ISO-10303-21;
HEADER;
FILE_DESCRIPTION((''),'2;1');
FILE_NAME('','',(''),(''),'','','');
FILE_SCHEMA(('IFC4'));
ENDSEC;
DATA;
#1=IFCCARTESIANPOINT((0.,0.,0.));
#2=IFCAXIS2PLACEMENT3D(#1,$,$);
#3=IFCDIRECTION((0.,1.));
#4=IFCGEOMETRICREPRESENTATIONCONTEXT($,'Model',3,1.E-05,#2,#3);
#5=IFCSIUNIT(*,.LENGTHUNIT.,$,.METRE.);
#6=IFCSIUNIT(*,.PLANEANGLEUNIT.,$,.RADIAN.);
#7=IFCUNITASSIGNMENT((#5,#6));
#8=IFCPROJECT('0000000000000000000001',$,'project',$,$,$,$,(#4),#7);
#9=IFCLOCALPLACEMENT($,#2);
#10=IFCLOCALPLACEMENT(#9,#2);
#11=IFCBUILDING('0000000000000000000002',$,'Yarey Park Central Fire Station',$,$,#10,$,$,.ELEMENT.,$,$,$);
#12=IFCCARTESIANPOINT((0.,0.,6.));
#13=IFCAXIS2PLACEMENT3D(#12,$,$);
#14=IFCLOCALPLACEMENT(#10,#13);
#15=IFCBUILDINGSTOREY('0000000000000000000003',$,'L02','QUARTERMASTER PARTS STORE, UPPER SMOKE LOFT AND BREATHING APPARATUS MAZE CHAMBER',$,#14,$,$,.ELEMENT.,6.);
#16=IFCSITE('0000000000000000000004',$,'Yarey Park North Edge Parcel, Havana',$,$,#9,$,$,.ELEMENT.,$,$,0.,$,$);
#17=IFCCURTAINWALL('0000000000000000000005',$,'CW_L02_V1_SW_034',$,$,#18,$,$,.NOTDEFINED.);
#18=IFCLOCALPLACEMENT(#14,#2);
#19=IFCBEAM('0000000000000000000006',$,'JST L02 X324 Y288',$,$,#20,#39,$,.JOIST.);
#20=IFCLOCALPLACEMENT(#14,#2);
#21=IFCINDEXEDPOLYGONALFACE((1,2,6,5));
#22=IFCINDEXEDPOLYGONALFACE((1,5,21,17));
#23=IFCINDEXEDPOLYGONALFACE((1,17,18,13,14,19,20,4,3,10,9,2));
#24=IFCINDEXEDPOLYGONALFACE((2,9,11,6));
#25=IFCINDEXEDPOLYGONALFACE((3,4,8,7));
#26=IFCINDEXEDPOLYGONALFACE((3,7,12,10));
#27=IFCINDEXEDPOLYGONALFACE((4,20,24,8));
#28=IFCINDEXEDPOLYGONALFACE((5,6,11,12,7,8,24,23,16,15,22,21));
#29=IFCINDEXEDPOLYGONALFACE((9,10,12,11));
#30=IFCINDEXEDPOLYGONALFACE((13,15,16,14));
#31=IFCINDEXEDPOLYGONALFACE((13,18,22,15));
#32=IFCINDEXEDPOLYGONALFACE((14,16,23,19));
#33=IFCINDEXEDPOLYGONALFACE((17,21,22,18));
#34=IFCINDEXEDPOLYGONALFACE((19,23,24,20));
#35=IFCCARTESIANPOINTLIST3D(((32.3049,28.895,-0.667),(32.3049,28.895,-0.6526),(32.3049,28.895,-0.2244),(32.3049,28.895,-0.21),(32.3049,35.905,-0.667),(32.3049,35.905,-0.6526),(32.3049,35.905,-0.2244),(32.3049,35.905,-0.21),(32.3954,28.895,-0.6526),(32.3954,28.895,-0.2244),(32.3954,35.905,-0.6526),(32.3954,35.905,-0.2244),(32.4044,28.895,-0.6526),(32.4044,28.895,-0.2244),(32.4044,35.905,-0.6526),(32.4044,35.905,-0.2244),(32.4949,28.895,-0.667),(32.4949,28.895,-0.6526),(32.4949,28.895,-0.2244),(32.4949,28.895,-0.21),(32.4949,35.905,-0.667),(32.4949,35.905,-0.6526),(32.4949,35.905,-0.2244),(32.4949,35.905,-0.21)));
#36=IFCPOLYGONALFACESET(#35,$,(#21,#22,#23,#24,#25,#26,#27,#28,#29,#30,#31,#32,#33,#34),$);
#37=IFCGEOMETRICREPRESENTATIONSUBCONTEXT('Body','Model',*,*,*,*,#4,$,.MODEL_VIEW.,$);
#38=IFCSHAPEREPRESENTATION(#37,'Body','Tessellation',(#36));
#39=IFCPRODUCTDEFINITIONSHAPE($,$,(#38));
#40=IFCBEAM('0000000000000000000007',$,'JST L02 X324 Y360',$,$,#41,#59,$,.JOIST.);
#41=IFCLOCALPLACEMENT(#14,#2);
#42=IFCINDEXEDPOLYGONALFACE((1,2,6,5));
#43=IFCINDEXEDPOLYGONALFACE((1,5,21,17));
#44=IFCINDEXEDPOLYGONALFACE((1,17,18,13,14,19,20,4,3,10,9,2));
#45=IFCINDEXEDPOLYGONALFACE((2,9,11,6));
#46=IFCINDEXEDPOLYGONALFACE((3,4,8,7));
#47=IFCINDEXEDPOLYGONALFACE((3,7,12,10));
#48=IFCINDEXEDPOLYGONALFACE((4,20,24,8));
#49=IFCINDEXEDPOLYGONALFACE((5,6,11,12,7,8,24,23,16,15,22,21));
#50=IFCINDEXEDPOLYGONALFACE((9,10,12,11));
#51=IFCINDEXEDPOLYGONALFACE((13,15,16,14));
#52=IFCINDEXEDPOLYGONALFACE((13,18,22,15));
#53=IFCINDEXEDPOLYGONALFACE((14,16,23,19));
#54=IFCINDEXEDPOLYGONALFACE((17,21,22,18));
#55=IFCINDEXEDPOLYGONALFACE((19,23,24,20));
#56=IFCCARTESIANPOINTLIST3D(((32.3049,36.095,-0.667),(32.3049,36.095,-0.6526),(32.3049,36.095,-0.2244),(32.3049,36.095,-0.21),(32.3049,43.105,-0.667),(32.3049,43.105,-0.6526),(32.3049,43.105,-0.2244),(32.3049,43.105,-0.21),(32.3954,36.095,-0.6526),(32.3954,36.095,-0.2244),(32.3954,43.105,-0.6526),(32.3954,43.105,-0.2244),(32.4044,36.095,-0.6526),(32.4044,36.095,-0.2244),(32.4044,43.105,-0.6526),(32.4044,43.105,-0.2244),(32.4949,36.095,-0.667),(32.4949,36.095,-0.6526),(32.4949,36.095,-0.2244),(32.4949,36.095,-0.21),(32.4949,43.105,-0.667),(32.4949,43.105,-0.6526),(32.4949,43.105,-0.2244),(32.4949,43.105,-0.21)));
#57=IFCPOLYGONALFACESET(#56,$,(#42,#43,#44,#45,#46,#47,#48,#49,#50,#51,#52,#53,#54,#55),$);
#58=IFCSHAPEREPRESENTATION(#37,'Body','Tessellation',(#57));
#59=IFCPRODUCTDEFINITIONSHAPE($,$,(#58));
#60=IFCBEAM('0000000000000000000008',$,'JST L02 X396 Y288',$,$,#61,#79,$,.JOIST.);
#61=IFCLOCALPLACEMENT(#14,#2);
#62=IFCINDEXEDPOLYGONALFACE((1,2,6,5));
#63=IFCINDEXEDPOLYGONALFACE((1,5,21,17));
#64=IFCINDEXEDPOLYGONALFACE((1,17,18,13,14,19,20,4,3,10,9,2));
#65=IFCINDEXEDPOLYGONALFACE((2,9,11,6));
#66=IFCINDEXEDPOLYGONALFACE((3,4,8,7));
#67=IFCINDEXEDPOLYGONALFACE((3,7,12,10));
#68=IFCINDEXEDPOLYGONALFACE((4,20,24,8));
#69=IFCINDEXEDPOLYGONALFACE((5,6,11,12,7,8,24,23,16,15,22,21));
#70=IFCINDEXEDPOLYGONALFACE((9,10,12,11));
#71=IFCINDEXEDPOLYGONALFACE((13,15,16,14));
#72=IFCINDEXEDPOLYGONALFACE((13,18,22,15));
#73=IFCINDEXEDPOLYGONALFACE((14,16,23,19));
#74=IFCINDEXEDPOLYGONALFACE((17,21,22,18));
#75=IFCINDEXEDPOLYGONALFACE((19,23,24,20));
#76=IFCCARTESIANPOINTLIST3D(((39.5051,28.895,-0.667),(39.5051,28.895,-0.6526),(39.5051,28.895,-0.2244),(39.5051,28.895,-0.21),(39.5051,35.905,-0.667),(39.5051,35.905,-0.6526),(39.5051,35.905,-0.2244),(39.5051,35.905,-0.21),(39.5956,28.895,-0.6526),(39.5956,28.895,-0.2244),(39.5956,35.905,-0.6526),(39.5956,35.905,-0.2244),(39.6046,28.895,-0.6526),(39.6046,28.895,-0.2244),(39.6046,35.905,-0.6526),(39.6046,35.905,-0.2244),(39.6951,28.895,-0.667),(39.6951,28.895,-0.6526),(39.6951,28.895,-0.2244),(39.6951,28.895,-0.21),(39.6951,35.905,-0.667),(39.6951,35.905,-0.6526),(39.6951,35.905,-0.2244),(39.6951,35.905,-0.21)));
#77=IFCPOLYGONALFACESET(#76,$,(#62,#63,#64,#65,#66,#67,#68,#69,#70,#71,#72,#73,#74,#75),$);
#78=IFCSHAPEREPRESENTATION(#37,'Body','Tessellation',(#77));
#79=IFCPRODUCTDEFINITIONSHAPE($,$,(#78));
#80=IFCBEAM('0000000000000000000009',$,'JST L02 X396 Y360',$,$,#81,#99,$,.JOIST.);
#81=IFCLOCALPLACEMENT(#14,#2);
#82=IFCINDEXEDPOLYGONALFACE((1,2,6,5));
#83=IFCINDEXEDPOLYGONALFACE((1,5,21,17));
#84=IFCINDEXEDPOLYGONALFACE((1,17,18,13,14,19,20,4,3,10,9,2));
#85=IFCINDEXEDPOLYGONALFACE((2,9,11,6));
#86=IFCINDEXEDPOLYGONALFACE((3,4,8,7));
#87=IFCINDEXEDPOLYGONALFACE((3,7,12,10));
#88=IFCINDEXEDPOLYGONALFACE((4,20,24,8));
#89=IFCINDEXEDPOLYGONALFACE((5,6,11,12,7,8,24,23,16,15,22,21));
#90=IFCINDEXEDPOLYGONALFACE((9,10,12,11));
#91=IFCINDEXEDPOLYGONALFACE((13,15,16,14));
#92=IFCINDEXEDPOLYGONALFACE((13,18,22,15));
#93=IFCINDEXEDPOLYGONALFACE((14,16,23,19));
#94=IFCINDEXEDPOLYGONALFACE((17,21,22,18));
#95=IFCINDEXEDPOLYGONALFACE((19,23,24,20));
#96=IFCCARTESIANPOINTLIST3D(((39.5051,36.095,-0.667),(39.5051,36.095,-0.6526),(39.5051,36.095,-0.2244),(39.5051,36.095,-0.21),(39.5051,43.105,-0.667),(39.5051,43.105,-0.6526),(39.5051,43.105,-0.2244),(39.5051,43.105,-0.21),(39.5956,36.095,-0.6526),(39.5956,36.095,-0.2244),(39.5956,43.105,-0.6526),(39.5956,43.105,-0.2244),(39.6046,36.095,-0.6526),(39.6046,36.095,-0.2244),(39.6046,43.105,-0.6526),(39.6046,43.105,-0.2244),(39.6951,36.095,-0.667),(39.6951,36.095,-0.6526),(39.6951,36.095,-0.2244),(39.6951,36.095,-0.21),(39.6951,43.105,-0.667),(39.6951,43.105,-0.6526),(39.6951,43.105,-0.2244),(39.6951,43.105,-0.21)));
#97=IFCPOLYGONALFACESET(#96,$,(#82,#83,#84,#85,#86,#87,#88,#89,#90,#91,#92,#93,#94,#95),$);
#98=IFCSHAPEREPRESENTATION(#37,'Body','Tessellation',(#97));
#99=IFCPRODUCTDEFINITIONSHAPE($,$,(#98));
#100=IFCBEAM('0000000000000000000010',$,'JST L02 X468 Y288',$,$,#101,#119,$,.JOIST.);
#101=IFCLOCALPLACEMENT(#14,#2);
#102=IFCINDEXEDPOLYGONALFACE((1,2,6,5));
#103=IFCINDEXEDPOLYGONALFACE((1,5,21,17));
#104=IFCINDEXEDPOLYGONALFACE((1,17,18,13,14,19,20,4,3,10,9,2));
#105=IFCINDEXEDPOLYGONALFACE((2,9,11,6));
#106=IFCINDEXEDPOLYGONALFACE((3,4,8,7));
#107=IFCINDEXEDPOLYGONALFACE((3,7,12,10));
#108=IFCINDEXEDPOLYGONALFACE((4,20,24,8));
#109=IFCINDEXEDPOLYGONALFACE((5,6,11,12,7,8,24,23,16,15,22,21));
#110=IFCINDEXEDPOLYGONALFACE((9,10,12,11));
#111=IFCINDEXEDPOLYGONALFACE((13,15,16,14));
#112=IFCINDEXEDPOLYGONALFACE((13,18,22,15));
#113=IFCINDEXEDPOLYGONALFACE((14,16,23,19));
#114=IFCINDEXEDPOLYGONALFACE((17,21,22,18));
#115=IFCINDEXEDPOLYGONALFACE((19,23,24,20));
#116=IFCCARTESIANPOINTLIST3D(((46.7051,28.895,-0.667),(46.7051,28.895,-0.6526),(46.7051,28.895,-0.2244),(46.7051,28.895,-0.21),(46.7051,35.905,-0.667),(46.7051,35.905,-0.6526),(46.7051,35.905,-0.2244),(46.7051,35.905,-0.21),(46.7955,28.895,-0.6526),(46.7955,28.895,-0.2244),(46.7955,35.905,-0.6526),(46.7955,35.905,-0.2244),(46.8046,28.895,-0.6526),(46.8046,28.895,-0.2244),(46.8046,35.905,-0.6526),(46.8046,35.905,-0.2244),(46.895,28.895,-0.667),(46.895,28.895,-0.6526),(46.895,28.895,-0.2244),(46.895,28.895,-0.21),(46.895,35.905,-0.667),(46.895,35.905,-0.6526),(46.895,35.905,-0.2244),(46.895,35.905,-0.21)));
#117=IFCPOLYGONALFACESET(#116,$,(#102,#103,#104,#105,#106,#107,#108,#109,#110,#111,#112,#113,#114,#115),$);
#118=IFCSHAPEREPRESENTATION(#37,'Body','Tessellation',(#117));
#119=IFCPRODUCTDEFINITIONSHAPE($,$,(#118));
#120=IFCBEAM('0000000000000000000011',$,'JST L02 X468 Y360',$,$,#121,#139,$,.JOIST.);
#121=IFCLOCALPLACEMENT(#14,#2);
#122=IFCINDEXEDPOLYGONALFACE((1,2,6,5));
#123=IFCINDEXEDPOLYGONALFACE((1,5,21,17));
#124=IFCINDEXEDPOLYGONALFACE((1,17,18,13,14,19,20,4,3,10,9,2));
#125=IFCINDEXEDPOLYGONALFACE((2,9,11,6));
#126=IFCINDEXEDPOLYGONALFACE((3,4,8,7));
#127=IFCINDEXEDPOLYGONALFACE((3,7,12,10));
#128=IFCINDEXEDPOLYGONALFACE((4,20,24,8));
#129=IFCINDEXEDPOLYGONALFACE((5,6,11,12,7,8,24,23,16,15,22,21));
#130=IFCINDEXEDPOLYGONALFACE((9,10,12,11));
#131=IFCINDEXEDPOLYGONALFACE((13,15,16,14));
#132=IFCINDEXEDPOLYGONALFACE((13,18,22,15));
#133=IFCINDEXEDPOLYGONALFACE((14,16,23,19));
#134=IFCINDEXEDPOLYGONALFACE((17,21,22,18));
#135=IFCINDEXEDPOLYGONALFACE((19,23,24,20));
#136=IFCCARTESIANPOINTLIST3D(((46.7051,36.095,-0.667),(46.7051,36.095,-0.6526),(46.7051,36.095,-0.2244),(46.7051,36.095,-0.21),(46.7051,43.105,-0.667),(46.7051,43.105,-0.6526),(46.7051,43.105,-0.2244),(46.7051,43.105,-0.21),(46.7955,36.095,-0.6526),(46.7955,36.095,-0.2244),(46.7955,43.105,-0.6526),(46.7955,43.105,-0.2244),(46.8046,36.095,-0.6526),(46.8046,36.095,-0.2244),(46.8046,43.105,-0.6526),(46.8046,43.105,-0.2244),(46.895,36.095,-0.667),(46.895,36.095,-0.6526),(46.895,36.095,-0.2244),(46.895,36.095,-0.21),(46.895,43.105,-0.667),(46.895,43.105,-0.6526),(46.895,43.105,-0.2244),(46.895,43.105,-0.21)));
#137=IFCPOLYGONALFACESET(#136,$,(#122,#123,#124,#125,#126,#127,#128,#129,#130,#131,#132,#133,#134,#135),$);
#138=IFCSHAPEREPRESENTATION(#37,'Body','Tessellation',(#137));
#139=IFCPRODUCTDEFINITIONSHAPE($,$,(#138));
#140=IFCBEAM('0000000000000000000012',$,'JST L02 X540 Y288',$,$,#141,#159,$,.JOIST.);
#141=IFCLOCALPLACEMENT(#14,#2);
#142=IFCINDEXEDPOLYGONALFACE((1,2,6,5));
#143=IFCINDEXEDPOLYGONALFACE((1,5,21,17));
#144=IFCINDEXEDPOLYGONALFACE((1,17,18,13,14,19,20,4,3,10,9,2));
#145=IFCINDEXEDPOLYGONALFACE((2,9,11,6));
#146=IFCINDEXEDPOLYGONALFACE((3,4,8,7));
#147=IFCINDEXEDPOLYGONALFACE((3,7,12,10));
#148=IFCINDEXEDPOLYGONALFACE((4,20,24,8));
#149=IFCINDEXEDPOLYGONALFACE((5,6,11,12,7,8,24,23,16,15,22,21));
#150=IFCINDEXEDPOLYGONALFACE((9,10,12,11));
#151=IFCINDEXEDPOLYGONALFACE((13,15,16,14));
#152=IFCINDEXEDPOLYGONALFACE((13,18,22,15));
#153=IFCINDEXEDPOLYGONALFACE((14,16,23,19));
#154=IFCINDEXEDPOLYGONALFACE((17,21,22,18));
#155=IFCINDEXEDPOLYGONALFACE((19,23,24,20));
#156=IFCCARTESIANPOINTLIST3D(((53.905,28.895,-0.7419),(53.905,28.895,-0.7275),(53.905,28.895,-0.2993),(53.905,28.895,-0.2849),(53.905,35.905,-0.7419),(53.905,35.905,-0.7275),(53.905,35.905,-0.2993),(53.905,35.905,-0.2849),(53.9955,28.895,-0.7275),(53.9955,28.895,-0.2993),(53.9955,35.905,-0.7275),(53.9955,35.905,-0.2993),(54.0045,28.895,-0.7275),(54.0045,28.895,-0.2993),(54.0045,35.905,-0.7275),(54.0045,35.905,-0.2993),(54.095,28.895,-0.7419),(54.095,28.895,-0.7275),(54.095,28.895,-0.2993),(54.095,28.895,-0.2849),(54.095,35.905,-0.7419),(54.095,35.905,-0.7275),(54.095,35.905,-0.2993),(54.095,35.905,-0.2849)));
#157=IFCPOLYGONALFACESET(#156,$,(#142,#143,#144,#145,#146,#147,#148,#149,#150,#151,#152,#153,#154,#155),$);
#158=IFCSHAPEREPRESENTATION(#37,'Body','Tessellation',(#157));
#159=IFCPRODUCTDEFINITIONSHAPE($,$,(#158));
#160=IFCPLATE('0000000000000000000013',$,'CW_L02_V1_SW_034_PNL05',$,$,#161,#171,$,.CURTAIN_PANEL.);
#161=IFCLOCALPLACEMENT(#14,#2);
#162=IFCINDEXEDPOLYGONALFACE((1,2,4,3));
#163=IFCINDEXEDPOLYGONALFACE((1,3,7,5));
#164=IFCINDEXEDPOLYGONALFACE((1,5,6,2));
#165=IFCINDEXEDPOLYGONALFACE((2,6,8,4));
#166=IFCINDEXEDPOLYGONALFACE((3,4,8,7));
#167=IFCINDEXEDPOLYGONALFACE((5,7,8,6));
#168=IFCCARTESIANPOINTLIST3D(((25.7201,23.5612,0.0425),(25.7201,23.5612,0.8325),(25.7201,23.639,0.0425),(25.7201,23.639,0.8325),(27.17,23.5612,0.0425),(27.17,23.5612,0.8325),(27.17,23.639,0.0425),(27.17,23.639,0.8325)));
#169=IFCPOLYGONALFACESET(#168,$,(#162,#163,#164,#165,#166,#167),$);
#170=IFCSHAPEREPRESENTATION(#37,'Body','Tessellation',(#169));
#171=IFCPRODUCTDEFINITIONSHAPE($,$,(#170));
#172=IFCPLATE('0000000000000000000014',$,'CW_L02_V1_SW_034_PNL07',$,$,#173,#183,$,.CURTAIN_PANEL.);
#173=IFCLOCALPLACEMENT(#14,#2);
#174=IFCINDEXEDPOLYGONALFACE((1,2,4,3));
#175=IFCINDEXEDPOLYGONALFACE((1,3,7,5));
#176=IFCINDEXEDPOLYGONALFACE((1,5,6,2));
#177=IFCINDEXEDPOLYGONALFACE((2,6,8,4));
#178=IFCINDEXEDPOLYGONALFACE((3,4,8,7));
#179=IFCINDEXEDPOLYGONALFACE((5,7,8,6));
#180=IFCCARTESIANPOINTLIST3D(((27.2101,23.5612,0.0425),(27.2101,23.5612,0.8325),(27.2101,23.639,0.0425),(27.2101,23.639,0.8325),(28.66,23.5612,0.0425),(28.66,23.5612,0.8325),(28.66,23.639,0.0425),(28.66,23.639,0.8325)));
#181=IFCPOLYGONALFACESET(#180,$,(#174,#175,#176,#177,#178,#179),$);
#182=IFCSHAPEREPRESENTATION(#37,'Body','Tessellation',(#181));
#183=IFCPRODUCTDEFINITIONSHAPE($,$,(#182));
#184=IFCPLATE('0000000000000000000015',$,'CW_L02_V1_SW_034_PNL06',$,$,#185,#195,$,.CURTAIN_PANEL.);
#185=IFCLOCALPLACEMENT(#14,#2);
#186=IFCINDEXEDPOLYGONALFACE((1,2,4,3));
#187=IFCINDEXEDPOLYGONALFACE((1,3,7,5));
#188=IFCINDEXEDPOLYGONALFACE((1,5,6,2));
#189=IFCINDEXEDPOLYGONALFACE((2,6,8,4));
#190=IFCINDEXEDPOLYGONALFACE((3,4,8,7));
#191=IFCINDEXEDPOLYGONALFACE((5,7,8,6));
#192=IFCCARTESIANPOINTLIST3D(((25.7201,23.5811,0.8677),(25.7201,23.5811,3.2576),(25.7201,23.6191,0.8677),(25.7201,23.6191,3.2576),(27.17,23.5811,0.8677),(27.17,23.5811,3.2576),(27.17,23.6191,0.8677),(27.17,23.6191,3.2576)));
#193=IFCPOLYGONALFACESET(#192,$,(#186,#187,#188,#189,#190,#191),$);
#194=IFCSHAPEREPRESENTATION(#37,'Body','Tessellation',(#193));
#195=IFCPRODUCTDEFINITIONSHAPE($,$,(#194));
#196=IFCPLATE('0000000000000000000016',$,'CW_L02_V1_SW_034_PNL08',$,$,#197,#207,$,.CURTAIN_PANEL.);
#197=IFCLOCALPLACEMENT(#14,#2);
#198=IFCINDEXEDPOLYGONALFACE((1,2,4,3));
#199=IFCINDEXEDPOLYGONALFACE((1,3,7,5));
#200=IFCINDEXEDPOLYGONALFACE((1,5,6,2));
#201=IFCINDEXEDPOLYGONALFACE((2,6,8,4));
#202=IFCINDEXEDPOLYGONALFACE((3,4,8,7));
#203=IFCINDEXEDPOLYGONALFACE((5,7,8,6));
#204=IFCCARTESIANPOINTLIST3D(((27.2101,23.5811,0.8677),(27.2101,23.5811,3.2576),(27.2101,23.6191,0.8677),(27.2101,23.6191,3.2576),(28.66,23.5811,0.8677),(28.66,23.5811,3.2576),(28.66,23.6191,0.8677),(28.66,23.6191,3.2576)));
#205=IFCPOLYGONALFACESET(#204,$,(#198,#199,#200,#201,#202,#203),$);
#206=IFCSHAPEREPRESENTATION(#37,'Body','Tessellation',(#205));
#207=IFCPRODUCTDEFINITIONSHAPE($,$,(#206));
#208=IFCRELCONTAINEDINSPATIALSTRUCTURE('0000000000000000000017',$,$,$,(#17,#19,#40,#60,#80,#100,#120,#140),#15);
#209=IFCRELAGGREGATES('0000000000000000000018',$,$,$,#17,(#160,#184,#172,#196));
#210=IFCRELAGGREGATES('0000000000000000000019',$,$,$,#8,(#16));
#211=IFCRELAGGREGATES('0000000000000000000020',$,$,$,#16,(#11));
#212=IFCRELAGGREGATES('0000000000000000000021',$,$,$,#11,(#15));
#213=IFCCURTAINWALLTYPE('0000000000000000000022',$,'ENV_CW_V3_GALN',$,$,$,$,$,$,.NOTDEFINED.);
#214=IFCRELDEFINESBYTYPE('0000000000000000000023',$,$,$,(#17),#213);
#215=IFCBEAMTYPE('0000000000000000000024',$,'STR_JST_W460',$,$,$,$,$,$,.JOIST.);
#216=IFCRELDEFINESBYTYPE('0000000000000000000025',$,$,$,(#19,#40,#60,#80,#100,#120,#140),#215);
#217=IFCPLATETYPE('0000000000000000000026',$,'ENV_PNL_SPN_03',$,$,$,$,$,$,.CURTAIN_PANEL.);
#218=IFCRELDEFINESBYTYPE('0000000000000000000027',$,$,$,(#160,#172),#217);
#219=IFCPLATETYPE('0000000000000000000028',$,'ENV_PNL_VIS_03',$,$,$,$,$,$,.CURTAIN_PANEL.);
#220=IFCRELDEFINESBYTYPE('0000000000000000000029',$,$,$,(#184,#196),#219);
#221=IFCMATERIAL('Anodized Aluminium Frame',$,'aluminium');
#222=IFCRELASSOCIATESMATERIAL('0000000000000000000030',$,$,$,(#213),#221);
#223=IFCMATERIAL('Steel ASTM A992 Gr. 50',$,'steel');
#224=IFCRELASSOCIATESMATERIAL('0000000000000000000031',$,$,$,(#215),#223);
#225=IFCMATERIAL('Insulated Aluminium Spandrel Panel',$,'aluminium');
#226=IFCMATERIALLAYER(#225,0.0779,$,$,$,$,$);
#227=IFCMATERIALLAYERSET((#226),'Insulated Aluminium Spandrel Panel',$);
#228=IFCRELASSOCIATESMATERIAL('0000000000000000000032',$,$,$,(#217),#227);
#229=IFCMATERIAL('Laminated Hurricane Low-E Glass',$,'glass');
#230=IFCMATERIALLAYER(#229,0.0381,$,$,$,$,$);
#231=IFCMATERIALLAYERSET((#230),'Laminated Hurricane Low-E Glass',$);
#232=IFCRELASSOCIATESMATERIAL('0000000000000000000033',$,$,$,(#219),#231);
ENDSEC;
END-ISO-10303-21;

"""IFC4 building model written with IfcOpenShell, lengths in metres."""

from ifc_helpers import new_model, si_unit, direction, frame, origin, origin_2d, place, context, subcontext, project, spatial, rectangle, i_section, extrude, material, layer, layer_set, material_profile, profile_set, type_object, element, aggregate, save


model = new_model("IFC4")

# Units and contexts
model_context = context("Model", 3, precision=1e-05, world=origin(), true_north=direction((0.0, 1.0)))
body_context = subcontext(model_context, "Body", "Model", "MODEL_VIEW")
ifc_project = project(units=[si_unit("LENGTHUNIT", "METRE"), si_unit("PLANEANGLEUNIT", "RADIAN")], contexts=[model_context])

# Site, building, storey
site_placement = place(None, origin())
site = spatial("IfcSite", under=ifc_project, at=site_placement, Name="Yarey Park North Edge Parcel, Havana", CompositionType="ELEMENT", RefElevation=0.0)
building_placement = place(site_placement, origin())
building = spatial("IfcBuilding", under=site, at=building_placement, Name="Yarey Park Central Fire Station", CompositionType="ELEMENT")
storey_placement = place(building_placement, frame((0.0, 0.0, 6.0)))
storey = spatial("IfcBuildingStorey", under=building, at=storey_placement, Name="L02", Description="QUARTERMASTER PARTS STORE, UPPER SMOKE LOFT AND BREATHING APPARATUS MAZE CHAMBER", CompositionType="ELEMENT", Elevation=6.0)

# Shared definitions
ifc_material_1 = material(Name="Steel ASTM A992 Gr. 50", Category="steel")

# Curtain wall
ifc_material_2 = material(Name="Anodized Aluminium Frame", Category="aluminium")
curtain_wall_type = type_object("IfcCurtainWallType", Name="ENV_CW_V3_GALN", PredefinedType="NOTDEFINED", material=ifc_material_2)
curtain_wall_placement = place(storey_placement, origin())
curtain_wall = element("IfcCurtainWall", 1, at=curtain_wall_placement, inside=storey, type_object=curtain_wall_type, Name="CW_L02_V1_SW_034", PredefinedType="NOTDEFINED")

# Beams
ifc_material_profile_1 = material_profile(ifc_material_1, i_section(OverallWidth=0.1899, OverallDepth=0.457, WebThickness=0.009, FlangeThickness=0.0144, at=origin_2d()), Name="W460x74")
ifc_profile_set_1 = profile_set([ifc_material_profile_1], Name="Steel ASTM A992 Gr. 50")
beam_type_1 = type_object("IfcBeamType", Name="STR_JST_W460", PredefinedType="JOIST", material=ifc_profile_set_1)
for number, where, z_axis, x_axis, name in (
    (2, (32.3999, 28.895, -0.4385), (0.0, 1.0, 0.0), (-1.0, 0.0, 0.0), "JST L02 X324 Y288"),
    (3, (32.3999, 36.095, -0.4385), (0.0, 1.0, 0.0), (-1.0, 0.0, 0.0), "JST L02 X324 Y360"),
    (4, (39.6001, 28.895, -0.4385), (0.0, 1.0, 0.0), (-1.0, 0.0, 0.0), "JST L02 X396 Y288"),
    (5, (39.6001, 36.095, -0.4385), (0.0, 1.0, 0.0), (-1.0, 0.0, 0.0), "JST L02 X396 Y360"),
    (6, (46.8, 28.895, -0.4385), (0.0, 1.0, 0.0), (-1.0, 0.0, 0.0), "JST L02 X468 Y288"),
    (7, (46.8, 36.095, -0.4385), (0.0, 1.0, 0.0), (-1.0, 0.0, 0.0), "JST L02 X468 Y360"),
    (8, (54.0, 28.895, -0.5134), (0.0, 1.0, 0.0), (-1.0, 0.0, 0.0), "JST L02 X540 Y288"),
):
    element("IfcBeam", number, at=place(storey_placement, frame(where, z_axis=z_axis, x_axis=x_axis)), inside=storey, type_object=beam_type_1, Name=name, PredefinedType="JOIST", context=body_context, shape_type="SweptSolid", body=[
        extrude(i_section(OverallWidth=0.1899, OverallDepth=0.457, WebThickness=0.009, FlangeThickness=0.0144, at=origin_2d()), origin(), (0.0, 0.0, 1.0), 7.01),
    ])

# Plates
ifc_material_3 = material(Name="Insulated Aluminium Spandrel Panel", Category="aluminium")
ifc_layer_1 = layer(ifc_material_3, 0.0779)
ifc_layer_set_1 = layer_set([ifc_layer_1], Name="Insulated Aluminium Spandrel Panel")
plate_type_1 = type_object("IfcPlateType", Name="ENV_PNL_SPN_03", PredefinedType="CURTAIN_PANEL", material=ifc_layer_set_1)
plate_1_placement = place(storey_placement, frame((26.4451, 23.6001, 0.0425), z_axis=(0.0, 0.0, 1.0), x_axis=(1.0, 0.0, 0.0)))
plate_1 = element("IfcPlate", 9, at=plate_1_placement, type_object=plate_type_1, Name="CW_L02_V1_SW_034_PNL05", PredefinedType="CURTAIN_PANEL", context=body_context, shape_type="SweptSolid", body=[
    extrude(rectangle(XDim=1.45, YDim=0.0779, at=origin_2d()), origin(), (0.0, 0.0, 1.0), 0.79),
])
plate_2_placement = place(storey_placement, frame((27.9351, 23.6001, 0.0425), z_axis=(0.0, 0.0, 1.0), x_axis=(1.0, 0.0, 0.0)))
plate_2 = element("IfcPlate", 10, at=plate_2_placement, type_object=plate_type_1, Name="CW_L02_V1_SW_034_PNL07", PredefinedType="CURTAIN_PANEL", context=body_context, shape_type="SweptSolid", body=[
    extrude(rectangle(XDim=1.45, YDim=0.0779, at=origin_2d()), origin(), (0.0, 0.0, 1.0), 0.79),
])
ifc_material_4 = material(Name="Laminated Hurricane Low-E Glass", Category="glass")
ifc_layer_2 = layer(ifc_material_4, 0.0381)
ifc_layer_set_2 = layer_set([ifc_layer_2], Name="Laminated Hurricane Low-E Glass")
plate_type_2 = type_object("IfcPlateType", Name="ENV_PNL_VIS_03", PredefinedType="CURTAIN_PANEL", material=ifc_layer_set_2)
plate_3_placement = place(storey_placement, frame((26.4451, 23.6001, 0.8677), z_axis=(0.0, 0.0, 1.0), x_axis=(1.0, 0.0, 0.0)))
plate_3 = element("IfcPlate", 11, at=plate_3_placement, type_object=plate_type_2, Name="CW_L02_V1_SW_034_PNL06", PredefinedType="CURTAIN_PANEL", context=body_context, shape_type="SweptSolid", body=[
    extrude(rectangle(XDim=1.45, YDim=0.0381, at=origin_2d()), origin(), (0.0, 0.0, 1.0), 2.3899),
])
plate_4_placement = place(storey_placement, frame((27.9351, 23.6001, 0.8677), z_axis=(0.0, 0.0, 1.0), x_axis=(1.0, 0.0, 0.0)))
plate_4 = element("IfcPlate", 12, at=plate_4_placement, type_object=plate_type_2, Name="CW_L02_V1_SW_034_PNL08", PredefinedType="CURTAIN_PANEL", context=body_context, shape_type="SweptSolid", body=[
    extrude(rectangle(XDim=1.45, YDim=0.0381, at=origin_2d()), origin(), (0.0, 0.0, 1.0), 2.3899),
])
aggregate(curtain_wall, [plate_1, plate_3, plate_2, plate_4])

save(model, "model.ifc")
